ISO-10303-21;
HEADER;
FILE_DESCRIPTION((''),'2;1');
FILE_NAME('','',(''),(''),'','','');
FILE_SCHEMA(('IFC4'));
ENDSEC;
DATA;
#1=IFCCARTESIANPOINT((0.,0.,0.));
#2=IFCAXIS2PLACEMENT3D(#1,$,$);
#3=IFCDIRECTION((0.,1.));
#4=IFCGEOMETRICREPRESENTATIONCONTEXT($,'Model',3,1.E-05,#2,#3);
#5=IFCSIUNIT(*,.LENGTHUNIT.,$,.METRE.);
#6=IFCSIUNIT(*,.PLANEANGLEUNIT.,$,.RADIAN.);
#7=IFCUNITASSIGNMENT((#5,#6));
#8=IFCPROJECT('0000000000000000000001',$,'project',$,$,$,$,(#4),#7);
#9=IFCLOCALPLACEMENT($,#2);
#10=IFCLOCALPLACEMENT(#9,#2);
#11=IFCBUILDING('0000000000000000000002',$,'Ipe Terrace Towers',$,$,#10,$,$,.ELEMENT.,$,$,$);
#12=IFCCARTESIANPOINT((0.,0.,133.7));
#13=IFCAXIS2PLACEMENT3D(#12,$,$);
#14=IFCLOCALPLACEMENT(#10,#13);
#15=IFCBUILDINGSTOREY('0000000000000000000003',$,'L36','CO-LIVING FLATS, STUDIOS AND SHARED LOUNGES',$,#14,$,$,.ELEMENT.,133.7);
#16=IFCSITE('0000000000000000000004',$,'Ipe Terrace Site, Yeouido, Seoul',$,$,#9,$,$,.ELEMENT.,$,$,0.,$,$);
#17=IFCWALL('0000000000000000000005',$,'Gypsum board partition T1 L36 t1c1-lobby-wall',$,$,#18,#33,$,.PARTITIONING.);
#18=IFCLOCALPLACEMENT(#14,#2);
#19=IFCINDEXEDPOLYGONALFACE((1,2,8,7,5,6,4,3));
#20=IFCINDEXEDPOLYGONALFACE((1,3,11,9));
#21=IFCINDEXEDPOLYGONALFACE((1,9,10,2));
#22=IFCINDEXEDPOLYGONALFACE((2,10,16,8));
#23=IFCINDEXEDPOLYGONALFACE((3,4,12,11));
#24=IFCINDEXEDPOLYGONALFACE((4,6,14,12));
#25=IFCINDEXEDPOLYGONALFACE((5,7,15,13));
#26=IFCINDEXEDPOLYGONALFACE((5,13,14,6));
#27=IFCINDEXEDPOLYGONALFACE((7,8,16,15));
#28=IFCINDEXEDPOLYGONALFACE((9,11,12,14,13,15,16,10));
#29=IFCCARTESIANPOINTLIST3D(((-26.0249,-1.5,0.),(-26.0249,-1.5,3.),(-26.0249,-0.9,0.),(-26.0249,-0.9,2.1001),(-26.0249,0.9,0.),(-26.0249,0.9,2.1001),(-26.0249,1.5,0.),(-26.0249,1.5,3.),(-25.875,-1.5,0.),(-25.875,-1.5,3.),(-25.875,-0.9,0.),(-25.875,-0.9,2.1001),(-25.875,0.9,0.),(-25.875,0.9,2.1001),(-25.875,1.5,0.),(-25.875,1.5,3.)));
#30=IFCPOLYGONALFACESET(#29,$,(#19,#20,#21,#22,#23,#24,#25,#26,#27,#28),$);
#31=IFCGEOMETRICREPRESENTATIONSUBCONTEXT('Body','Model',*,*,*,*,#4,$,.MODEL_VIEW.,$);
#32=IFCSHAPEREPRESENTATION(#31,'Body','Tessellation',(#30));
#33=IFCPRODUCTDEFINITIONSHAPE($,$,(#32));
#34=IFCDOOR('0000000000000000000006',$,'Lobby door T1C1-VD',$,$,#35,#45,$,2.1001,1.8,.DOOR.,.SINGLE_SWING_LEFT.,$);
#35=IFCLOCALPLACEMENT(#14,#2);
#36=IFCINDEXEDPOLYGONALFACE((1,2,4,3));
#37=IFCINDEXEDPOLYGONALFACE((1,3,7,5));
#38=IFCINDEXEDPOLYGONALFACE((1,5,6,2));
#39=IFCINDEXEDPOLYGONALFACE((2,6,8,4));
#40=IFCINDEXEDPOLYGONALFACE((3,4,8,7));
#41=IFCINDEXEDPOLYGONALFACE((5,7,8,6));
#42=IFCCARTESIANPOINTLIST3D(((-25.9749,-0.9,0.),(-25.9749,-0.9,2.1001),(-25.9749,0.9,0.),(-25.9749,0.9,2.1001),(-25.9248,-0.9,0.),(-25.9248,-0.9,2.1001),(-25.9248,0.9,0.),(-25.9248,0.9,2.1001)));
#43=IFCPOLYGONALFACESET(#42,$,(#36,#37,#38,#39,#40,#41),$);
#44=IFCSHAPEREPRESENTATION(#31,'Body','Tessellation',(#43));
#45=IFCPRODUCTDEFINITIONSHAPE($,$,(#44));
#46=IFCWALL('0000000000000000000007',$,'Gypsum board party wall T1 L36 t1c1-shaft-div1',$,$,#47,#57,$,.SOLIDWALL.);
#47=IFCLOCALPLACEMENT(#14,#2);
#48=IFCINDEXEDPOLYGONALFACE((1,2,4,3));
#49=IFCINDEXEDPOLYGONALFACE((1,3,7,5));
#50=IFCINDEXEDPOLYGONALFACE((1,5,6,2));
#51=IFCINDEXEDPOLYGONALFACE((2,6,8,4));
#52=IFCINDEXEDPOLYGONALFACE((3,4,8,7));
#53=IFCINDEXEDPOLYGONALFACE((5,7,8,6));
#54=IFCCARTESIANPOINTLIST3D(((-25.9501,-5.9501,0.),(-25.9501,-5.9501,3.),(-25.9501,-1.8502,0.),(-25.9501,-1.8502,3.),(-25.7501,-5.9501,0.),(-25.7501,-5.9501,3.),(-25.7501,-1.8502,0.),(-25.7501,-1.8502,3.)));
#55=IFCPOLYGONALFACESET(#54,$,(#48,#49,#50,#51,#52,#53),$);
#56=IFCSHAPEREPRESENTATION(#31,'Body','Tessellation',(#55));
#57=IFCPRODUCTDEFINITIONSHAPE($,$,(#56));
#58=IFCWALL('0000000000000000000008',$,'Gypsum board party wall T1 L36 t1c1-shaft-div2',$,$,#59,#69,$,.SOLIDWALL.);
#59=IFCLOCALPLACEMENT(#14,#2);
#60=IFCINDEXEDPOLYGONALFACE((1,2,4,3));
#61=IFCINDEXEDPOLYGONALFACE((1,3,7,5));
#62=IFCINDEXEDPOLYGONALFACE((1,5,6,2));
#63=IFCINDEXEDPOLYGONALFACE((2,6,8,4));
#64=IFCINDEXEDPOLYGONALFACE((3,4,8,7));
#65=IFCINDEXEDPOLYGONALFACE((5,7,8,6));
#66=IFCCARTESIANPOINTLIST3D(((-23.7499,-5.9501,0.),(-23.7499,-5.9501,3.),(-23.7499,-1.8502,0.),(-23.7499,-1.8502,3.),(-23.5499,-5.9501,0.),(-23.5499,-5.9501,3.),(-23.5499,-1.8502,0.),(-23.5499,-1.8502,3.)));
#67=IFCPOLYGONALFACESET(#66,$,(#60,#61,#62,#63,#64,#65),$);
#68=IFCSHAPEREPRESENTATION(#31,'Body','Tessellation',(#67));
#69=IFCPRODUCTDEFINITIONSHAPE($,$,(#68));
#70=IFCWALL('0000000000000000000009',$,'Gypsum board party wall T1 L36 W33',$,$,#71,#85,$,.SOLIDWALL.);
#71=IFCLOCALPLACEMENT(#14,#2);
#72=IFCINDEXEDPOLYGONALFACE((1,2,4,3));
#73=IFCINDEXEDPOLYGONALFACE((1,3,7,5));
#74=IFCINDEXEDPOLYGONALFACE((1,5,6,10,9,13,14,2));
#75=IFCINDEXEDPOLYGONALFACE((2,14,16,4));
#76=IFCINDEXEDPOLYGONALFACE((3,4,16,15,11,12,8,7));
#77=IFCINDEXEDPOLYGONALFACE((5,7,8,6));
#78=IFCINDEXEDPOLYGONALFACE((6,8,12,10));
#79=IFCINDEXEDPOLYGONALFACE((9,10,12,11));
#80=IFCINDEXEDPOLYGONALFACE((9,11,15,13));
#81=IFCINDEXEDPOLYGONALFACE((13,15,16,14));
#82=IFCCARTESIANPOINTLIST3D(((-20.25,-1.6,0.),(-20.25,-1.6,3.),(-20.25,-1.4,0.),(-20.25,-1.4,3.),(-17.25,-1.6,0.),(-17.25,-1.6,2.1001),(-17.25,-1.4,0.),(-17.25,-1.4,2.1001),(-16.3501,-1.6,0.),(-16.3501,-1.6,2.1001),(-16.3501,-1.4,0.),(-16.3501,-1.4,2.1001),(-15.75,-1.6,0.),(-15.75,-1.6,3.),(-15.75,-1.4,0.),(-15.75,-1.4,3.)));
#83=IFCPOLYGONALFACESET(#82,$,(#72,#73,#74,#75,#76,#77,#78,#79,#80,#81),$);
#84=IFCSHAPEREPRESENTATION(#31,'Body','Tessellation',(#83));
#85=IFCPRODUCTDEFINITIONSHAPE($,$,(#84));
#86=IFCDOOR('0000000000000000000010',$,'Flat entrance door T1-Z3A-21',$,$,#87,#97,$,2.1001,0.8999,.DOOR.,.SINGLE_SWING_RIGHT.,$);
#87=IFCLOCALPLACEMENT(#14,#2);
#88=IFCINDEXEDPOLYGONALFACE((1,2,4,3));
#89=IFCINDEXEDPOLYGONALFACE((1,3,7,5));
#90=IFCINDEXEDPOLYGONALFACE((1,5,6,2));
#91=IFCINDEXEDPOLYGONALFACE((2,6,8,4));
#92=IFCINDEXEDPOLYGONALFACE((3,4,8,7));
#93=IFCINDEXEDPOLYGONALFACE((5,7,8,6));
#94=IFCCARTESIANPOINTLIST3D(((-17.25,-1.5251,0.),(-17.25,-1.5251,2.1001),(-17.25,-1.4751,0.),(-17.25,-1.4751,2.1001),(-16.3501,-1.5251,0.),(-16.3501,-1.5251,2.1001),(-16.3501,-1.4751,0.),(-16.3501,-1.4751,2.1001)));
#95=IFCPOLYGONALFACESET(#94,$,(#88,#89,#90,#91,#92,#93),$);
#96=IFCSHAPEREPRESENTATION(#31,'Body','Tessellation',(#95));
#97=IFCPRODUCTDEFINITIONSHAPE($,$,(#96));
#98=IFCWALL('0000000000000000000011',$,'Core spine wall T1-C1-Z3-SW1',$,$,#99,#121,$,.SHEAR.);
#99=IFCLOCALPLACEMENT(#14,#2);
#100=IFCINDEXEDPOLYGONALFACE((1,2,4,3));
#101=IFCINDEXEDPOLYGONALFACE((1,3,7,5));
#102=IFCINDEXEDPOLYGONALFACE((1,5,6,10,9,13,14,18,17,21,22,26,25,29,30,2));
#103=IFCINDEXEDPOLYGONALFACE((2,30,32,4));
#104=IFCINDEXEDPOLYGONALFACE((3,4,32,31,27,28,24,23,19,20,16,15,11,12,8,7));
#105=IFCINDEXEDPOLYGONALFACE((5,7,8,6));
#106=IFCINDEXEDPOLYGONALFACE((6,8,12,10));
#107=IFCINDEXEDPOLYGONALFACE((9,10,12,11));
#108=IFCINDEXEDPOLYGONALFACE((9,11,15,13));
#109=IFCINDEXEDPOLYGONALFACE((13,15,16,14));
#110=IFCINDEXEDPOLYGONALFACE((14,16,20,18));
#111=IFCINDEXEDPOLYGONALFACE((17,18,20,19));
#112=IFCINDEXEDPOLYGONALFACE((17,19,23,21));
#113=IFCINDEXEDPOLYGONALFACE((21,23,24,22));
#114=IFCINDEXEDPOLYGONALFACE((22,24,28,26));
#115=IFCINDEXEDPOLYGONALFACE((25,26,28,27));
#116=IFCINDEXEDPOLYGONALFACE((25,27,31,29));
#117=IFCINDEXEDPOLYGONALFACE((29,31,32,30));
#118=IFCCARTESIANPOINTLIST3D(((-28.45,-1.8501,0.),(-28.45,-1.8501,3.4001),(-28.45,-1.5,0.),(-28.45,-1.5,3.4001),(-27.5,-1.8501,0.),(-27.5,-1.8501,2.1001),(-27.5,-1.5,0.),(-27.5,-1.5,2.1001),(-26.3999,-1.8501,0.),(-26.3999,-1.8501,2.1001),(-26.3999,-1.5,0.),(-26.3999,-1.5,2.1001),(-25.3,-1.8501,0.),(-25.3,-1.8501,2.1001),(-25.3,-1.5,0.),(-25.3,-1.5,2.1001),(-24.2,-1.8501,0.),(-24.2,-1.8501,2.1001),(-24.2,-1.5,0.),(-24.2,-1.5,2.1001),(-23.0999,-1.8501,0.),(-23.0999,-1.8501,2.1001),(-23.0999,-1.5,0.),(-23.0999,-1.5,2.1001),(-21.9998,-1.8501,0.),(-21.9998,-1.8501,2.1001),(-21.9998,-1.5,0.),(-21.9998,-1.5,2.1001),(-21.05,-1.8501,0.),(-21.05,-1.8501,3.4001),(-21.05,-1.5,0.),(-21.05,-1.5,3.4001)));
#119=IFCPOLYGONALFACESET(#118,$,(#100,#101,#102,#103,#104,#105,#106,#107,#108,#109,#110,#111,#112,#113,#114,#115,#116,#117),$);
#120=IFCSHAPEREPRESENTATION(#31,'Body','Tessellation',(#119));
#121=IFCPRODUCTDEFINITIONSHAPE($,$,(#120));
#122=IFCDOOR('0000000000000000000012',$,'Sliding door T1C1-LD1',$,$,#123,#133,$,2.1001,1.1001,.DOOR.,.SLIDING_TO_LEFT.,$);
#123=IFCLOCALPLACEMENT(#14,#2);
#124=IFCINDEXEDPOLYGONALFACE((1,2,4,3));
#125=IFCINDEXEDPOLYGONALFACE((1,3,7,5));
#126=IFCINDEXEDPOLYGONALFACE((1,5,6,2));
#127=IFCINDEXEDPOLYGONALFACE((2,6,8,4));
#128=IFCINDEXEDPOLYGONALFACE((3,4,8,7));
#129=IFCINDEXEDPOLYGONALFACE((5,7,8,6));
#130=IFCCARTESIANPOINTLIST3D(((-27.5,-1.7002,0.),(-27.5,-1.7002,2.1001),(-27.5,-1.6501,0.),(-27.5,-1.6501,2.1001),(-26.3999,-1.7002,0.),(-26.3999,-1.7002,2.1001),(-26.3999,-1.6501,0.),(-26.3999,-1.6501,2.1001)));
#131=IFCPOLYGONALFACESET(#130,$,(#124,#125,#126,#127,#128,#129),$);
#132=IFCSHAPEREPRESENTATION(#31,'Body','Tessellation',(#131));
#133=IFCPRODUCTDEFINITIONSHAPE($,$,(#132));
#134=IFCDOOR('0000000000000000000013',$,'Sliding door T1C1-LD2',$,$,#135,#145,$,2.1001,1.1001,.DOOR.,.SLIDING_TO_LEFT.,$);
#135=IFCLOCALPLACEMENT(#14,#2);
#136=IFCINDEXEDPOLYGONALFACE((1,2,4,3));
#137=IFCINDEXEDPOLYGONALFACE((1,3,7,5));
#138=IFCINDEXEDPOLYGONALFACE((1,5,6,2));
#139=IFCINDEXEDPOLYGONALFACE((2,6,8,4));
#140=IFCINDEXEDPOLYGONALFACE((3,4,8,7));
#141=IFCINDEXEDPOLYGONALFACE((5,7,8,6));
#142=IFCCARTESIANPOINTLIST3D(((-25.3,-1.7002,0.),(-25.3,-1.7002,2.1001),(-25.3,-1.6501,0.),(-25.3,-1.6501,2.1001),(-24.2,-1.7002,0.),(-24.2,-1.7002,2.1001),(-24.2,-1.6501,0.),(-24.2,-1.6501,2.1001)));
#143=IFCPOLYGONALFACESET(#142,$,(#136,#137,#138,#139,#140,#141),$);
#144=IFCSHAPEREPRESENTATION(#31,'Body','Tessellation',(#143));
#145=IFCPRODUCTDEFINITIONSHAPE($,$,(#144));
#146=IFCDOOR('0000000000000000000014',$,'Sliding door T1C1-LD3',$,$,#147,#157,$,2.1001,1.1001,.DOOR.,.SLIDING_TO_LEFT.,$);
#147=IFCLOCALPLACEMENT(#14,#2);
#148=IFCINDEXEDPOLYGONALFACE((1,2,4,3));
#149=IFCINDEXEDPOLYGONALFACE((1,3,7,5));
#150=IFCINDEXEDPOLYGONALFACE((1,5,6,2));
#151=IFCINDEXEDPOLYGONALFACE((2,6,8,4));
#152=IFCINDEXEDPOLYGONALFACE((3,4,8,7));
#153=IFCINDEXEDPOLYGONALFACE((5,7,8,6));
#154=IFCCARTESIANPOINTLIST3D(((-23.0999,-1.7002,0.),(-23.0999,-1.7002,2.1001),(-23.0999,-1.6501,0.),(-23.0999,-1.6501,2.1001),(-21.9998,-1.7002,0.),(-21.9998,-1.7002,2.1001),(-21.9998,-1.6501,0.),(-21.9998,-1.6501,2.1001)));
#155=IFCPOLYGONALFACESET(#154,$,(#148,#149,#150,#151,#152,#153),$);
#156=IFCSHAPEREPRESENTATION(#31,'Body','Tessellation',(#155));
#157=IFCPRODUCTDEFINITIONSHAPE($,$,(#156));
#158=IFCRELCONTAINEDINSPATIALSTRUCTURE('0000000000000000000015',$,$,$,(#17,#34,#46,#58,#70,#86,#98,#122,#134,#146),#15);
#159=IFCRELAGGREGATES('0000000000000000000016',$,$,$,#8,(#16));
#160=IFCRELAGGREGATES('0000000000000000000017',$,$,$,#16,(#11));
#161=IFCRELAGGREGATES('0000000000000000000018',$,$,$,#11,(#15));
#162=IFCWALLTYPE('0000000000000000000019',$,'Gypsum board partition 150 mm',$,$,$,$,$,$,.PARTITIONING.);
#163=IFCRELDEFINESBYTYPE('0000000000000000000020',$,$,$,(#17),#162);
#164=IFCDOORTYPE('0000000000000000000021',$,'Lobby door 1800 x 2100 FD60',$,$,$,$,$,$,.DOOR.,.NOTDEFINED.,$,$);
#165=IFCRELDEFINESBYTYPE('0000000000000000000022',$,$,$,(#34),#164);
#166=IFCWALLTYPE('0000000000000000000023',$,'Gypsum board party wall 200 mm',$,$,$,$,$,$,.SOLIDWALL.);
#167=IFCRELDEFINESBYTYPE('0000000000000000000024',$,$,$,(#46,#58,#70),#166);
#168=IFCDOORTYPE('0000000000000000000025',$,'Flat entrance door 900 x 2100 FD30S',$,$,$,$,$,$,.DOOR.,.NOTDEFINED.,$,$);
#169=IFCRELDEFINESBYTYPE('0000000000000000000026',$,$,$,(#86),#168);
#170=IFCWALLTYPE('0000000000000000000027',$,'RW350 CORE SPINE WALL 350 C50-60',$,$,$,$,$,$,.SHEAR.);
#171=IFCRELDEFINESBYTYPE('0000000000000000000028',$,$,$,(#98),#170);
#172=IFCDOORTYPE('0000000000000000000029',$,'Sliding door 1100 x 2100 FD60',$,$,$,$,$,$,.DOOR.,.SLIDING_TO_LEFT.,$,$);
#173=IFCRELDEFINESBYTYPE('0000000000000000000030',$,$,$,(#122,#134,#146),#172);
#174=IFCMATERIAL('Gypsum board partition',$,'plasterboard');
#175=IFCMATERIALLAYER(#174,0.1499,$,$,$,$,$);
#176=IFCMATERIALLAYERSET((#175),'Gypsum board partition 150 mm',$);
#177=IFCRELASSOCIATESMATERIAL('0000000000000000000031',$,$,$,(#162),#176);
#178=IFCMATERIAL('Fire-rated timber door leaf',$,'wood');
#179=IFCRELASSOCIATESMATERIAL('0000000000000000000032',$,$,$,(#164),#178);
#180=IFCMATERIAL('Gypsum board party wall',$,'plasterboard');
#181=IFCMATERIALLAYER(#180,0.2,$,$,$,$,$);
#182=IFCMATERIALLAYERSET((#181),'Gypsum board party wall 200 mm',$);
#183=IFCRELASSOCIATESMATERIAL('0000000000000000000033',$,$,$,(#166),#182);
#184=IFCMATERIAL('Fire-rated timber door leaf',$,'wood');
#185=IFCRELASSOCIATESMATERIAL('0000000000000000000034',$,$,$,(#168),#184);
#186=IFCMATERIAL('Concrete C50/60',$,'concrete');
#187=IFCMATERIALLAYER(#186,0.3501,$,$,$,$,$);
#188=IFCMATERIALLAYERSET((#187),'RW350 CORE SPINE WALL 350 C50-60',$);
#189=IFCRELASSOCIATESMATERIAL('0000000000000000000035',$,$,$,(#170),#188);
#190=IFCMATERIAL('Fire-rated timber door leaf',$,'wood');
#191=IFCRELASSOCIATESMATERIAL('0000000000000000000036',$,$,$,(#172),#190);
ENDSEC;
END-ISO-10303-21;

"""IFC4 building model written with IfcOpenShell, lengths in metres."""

from ifc_helpers import new_model, si_unit, direction, frame, frame_2d, origin, place, context, subcontext, project, spatial, rectangle, extrude, material, layer, layer_set, type_object, element, fill, save


model = new_model("IFC4")

# Units and contexts
model_context = context("Model", 3, precision=1e-05, world=origin(), true_north=direction((0.0, 1.0)))
body_context = subcontext(model_context, "Body", "Model", "MODEL_VIEW")
ifc_project = project(units=[si_unit("LENGTHUNIT", "METRE"), si_unit("PLANEANGLEUNIT", "RADIAN")], contexts=[model_context])

# Site, building, storey
site_placement = place(None, origin())
site = spatial("IfcSite", under=ifc_project, at=site_placement, Name="Ipe Terrace Site, Yeouido, Seoul", CompositionType="ELEMENT", RefElevation=0.0)
building_placement = place(site_placement, origin())
building = spatial("IfcBuilding", under=site, at=building_placement, Name="Ipe Terrace Towers", CompositionType="ELEMENT")
storey_placement = place(building_placement, frame((0.0, 0.0, 133.7)))
storey = spatial("IfcBuildingStorey", under=building, at=storey_placement, Name="L36", Description="CO-LIVING FLATS, STUDIOS AND SHARED LOUNGES", CompositionType="ELEMENT", Elevation=133.7)

# Wall, opening, door
ifc_material_1 = material(Name="Gypsum board partition", Category="plasterboard")
ifc_layer_1 = layer(ifc_material_1, 0.1499)
ifc_layer_set_1 = layer_set([ifc_layer_1], Name="Gypsum board partition 150 mm")
wall_type_1 = type_object("IfcWallType", Name="Gypsum board partition 150 mm", PredefinedType="PARTITIONING", material=ifc_layer_set_1)
wall_1_placement = place(storey_placement, frame((-25.95, -1.5, 0.0), z_axis=(0.0, 0.0, 1.0), x_axis=(0.0, 1.0, 0.0)))
wall_1 = element("IfcWall", 1, at=wall_1_placement, inside=storey, type_object=wall_type_1, Name="Gypsum board partition T1 L36 t1c1-lobby-wall", PredefinedType="PARTITIONING", context=body_context, shape_type="SweptSolid", body=[
    extrude(rectangle(XDim=3.0, YDim=0.1499, at=frame_2d((1.5, 0.0))), origin(), (0.0, 0.0, 1.0), 3.0),
])
opening_1_placement = place(wall_1_placement, frame((0.6001, 0.0, 0.0)))
opening_1 = element("IfcOpeningElement", 2, at=opening_1_placement, cuts=wall_1, PredefinedType="OPENING", context=body_context, shape_type="SweptSolid", body=[
    extrude(rectangle(XDim=1.8, YDim=2.1001, at=frame_2d((0.8999, 1.05))), frame((0.0, 0.085, 0.0), z_axis=(0.0, -1.0, 0.0), x_axis=(1.0, 0.0, 0.0)), (0.0, 0.0, 1.0), 0.1699),
])
ifc_material_2 = material(Name="Fire-rated timber door leaf", Category="wood")
door_type_1 = type_object("IfcDoorType", Name="Lobby door 1800 x 2100 FD60", OperationType="NOTDEFINED", PredefinedType="DOOR", material=ifc_material_2)
door_1_placement = place(opening_1_placement, origin())
door_1 = element("IfcDoor", 3, at=door_1_placement, inside=storey, type_object=door_type_1, Name="Lobby door T1C1-VD", OperationType="SINGLE_SWING_LEFT", OverallHeight=2.1001, OverallWidth=1.8, PredefinedType="DOOR", context=body_context, shape_type="SweptSolid", body=[
    extrude(rectangle(XDim=1.8, YDim=2.1001, at=frame_2d((0.8999, 1.05))), frame((0.0, 0.0249, 0.0), z_axis=(0.0, -1.0, 0.0), x_axis=(1.0, 0.0, 0.0)), (0.0, 0.0, 1.0), 0.05),
])
fill(opening_1, door_1)

# Walls
ifc_material_3 = material(Name="Gypsum board party wall", Category="plasterboard")
ifc_layer_2 = layer(ifc_material_3, 0.2)
ifc_layer_set_2 = layer_set([ifc_layer_2], Name="Gypsum board party wall 200 mm")
wall_type_2 = type_object("IfcWallType", Name="Gypsum board party wall 200 mm", PredefinedType="SOLIDWALL", material=ifc_layer_set_2)
for number, where, z_axis, x_axis, name in (
    (4, (-25.8501, -5.95, 0.0), (0.0, 0.0, 1.0), (0.0, 1.0, 0.0), "Gypsum board party wall T1 L36 t1c1-shaft-div1"),
    (5, (-23.6499, -5.95, 0.0), (0.0, 0.0, 1.0), (0.0, 1.0, 0.0), "Gypsum board party wall T1 L36 t1c1-shaft-div2"),
):
    element("IfcWall", number, at=place(storey_placement, frame(where, z_axis=z_axis, x_axis=x_axis)), inside=storey, type_object=wall_type_2, Name=name, PredefinedType="SOLIDWALL", context=body_context, shape_type="SweptSolid", body=[
        extrude(rectangle(XDim=4.0999, YDim=0.2, at=frame_2d((2.0498, 0.0))), origin(), (0.0, 0.0, 1.0), 3.0),
    ])

# Wall, opening, door
wall_2_placement = place(storey_placement, frame((-20.25, -1.5, 0.0), z_axis=(0.0, 0.0, 1.0), x_axis=(1.0, 0.0, 0.0)))
wall_2 = element("IfcWall", 6, at=wall_2_placement, inside=storey, type_object=wall_type_2, Name="Gypsum board party wall T1 L36 W33", PredefinedType="SOLIDWALL", context=body_context, shape_type="SweptSolid", body=[
    extrude(rectangle(XDim=4.5, YDim=0.2, at=frame_2d((2.25, 0.0))), origin(), (0.0, 0.0, 1.0), 3.0),
])
opening_2_placement = place(wall_2_placement, frame((3.0, 0.0, 0.0)))
opening_2 = element("IfcOpeningElement", 7, at=opening_2_placement, cuts=wall_2, PredefinedType="OPENING", context=body_context, shape_type="SweptSolid", body=[
    extrude(rectangle(XDim=0.8999, YDim=2.1001, at=frame_2d((0.45, 1.05))), frame((0.0, 0.1099, 0.0), z_axis=(0.0, -1.0, 0.0), x_axis=(1.0, 0.0, 0.0)), (0.0, 0.0, 1.0), 0.22),
])
ifc_material_4 = material(Name="Fire-rated timber door leaf", Category="wood")
door_type_2 = type_object("IfcDoorType", Name="Flat entrance door 900 x 2100 FD30S", OperationType="NOTDEFINED", PredefinedType="DOOR", material=ifc_material_4)
door_2_placement = place(opening_2_placement, origin())
door_2 = element("IfcDoor", 8, at=door_2_placement, inside=storey, type_object=door_type_2, Name="Flat entrance door T1-Z3A-21", OperationType="SINGLE_SWING_RIGHT", OverallHeight=2.1001, OverallWidth=0.8999, PredefinedType="DOOR", context=body_context, shape_type="SweptSolid", body=[
    extrude(rectangle(XDim=0.8999, YDim=2.1001, at=frame_2d((0.45, 1.05))), frame((0.0, 0.0249, 0.0), z_axis=(0.0, -1.0, 0.0), x_axis=(1.0, 0.0, 0.0)), (0.0, 0.0, 1.0), 0.05),
])
fill(opening_2, door_2)

# Wall, openings, doors
ifc_material_5 = material(Name="Concrete C50/60", Category="concrete")
ifc_layer_3 = layer(ifc_material_5, 0.3501)
ifc_layer_set_3 = layer_set([ifc_layer_3], Name="RW350 CORE SPINE WALL 350 C50-60")
wall_type_3 = type_object("IfcWallType", Name="RW350 CORE SPINE WALL 350 C50-60", PredefinedType="SHEAR", material=ifc_layer_set_3)
wall_3_placement = place(storey_placement, frame((-28.45, -1.675, 0.0), z_axis=(0.0, 0.0, 1.0), x_axis=(1.0, 0.0, 0.0)))
wall_3 = element("IfcWall", 9, at=wall_3_placement, inside=storey, type_object=wall_type_3, Name="Core spine wall T1-C1-Z3-SW1", PredefinedType="SHEAR", context=body_context, shape_type="SweptSolid", body=[
    extrude(rectangle(XDim=7.3999, YDim=0.3501, at=frame_2d((3.7, 0.0))), origin(), (0.0, 0.0, 1.0), 3.4001),
])
opening_3_placement = place(wall_3_placement, frame((0.95, 0.0, 0.0)))
opening_3 = element("IfcOpeningElement", 10, at=opening_3_placement, cuts=wall_3, PredefinedType="OPENING", context=body_context, shape_type="SweptSolid", body=[
    extrude(rectangle(XDim=1.1001, YDim=2.1001, at=frame_2d((0.55, 1.05))), frame((0.0, 0.1851, 0.0), z_axis=(0.0, -1.0, 0.0), x_axis=(1.0, 0.0, 0.0)), (0.0, 0.0, 1.0), 0.3701),
])
opening_4_placement = place(wall_3_placement, frame((3.1499, 0.0, 0.0)))
opening_4 = element("IfcOpeningElement", 11, at=opening_4_placement, cuts=wall_3, PredefinedType="OPENING", context=body_context, shape_type="SweptSolid", body=[
    extrude(rectangle(XDim=1.1001, YDim=2.1001, at=frame_2d((0.55, 1.05))), frame((0.0, 0.1851, 0.0), z_axis=(0.0, -1.0, 0.0), x_axis=(1.0, 0.0, 0.0)), (0.0, 0.0, 1.0), 0.3701),
])
opening_5_placement = place(wall_3_placement, frame((5.3501, 0.0, 0.0)))
opening_5 = element("IfcOpeningElement", 12, at=opening_5_placement, cuts=wall_3, PredefinedType="OPENING", context=body_context, shape_type="SweptSolid", body=[
    extrude(rectangle(XDim=1.1001, YDim=2.1001, at=frame_2d((0.55, 1.05))), frame((0.0, 0.1851, 0.0), z_axis=(0.0, -1.0, 0.0), x_axis=(1.0, 0.0, 0.0)), (0.0, 0.0, 1.0), 0.3701),
])
ifc_material_6 = material(Name="Fire-rated timber door leaf", Category="wood")
door_type_3 = type_object("IfcDoorType", Name="Sliding door 1100 x 2100 FD60", OperationType="SLIDING_TO_LEFT", PredefinedType="DOOR", material=ifc_material_6)
door_3_placement = place(opening_3_placement, origin())
door_3 = element("IfcDoor", 13, at=door_3_placement, inside=storey, type_object=door_type_3, Name="Sliding door T1C1-LD1", OperationType="SLIDING_TO_LEFT", OverallHeight=2.1001, OverallWidth=1.1001, PredefinedType="DOOR", context=body_context, shape_type="SweptSolid", body=[
    extrude(rectangle(XDim=1.1001, YDim=2.1001, at=frame_2d((0.55, 1.05))), frame((0.0, 0.0249, 0.0), z_axis=(0.0, -1.0, 0.0), x_axis=(1.0, 0.0, 0.0)), (0.0, 0.0, 1.0), 0.05),
])
fill(opening_3, door_3)
door_4_placement = place(opening_4_placement, origin())
door_4 = element("IfcDoor", 14, at=door_4_placement, inside=storey, type_object=door_type_3, Name="Sliding door T1C1-LD2", OperationType="SLIDING_TO_LEFT", OverallHeight=2.1001, OverallWidth=1.1001, PredefinedType="DOOR", context=body_context, shape_type="SweptSolid", body=[
    extrude(rectangle(XDim=1.1001, YDim=2.1001, at=frame_2d((0.55, 1.05))), frame((0.0, 0.0249, 0.0), z_axis=(0.0, -1.0, 0.0), x_axis=(1.0, 0.0, 0.0)), (0.0, 0.0, 1.0), 0.05),
])
fill(opening_4, door_4)
door_5_placement = place(opening_5_placement, origin())
door_5 = element("IfcDoor", 15, at=door_5_placement, inside=storey, type_object=door_type_3, Name="Sliding door T1C1-LD3", OperationType="SLIDING_TO_LEFT", OverallHeight=2.1001, OverallWidth=1.1001, PredefinedType="DOOR", context=body_context, shape_type="SweptSolid", body=[
    extrude(rectangle(XDim=1.1001, YDim=2.1001, at=frame_2d((0.55, 1.05))), frame((0.0, 0.0249, 0.0), z_axis=(0.0, -1.0, 0.0), x_axis=(1.0, 0.0, 0.0)), (0.0, 0.0, 1.0), 0.05),
])
fill(opening_5, door_5)

save(model, "model.ifc")
